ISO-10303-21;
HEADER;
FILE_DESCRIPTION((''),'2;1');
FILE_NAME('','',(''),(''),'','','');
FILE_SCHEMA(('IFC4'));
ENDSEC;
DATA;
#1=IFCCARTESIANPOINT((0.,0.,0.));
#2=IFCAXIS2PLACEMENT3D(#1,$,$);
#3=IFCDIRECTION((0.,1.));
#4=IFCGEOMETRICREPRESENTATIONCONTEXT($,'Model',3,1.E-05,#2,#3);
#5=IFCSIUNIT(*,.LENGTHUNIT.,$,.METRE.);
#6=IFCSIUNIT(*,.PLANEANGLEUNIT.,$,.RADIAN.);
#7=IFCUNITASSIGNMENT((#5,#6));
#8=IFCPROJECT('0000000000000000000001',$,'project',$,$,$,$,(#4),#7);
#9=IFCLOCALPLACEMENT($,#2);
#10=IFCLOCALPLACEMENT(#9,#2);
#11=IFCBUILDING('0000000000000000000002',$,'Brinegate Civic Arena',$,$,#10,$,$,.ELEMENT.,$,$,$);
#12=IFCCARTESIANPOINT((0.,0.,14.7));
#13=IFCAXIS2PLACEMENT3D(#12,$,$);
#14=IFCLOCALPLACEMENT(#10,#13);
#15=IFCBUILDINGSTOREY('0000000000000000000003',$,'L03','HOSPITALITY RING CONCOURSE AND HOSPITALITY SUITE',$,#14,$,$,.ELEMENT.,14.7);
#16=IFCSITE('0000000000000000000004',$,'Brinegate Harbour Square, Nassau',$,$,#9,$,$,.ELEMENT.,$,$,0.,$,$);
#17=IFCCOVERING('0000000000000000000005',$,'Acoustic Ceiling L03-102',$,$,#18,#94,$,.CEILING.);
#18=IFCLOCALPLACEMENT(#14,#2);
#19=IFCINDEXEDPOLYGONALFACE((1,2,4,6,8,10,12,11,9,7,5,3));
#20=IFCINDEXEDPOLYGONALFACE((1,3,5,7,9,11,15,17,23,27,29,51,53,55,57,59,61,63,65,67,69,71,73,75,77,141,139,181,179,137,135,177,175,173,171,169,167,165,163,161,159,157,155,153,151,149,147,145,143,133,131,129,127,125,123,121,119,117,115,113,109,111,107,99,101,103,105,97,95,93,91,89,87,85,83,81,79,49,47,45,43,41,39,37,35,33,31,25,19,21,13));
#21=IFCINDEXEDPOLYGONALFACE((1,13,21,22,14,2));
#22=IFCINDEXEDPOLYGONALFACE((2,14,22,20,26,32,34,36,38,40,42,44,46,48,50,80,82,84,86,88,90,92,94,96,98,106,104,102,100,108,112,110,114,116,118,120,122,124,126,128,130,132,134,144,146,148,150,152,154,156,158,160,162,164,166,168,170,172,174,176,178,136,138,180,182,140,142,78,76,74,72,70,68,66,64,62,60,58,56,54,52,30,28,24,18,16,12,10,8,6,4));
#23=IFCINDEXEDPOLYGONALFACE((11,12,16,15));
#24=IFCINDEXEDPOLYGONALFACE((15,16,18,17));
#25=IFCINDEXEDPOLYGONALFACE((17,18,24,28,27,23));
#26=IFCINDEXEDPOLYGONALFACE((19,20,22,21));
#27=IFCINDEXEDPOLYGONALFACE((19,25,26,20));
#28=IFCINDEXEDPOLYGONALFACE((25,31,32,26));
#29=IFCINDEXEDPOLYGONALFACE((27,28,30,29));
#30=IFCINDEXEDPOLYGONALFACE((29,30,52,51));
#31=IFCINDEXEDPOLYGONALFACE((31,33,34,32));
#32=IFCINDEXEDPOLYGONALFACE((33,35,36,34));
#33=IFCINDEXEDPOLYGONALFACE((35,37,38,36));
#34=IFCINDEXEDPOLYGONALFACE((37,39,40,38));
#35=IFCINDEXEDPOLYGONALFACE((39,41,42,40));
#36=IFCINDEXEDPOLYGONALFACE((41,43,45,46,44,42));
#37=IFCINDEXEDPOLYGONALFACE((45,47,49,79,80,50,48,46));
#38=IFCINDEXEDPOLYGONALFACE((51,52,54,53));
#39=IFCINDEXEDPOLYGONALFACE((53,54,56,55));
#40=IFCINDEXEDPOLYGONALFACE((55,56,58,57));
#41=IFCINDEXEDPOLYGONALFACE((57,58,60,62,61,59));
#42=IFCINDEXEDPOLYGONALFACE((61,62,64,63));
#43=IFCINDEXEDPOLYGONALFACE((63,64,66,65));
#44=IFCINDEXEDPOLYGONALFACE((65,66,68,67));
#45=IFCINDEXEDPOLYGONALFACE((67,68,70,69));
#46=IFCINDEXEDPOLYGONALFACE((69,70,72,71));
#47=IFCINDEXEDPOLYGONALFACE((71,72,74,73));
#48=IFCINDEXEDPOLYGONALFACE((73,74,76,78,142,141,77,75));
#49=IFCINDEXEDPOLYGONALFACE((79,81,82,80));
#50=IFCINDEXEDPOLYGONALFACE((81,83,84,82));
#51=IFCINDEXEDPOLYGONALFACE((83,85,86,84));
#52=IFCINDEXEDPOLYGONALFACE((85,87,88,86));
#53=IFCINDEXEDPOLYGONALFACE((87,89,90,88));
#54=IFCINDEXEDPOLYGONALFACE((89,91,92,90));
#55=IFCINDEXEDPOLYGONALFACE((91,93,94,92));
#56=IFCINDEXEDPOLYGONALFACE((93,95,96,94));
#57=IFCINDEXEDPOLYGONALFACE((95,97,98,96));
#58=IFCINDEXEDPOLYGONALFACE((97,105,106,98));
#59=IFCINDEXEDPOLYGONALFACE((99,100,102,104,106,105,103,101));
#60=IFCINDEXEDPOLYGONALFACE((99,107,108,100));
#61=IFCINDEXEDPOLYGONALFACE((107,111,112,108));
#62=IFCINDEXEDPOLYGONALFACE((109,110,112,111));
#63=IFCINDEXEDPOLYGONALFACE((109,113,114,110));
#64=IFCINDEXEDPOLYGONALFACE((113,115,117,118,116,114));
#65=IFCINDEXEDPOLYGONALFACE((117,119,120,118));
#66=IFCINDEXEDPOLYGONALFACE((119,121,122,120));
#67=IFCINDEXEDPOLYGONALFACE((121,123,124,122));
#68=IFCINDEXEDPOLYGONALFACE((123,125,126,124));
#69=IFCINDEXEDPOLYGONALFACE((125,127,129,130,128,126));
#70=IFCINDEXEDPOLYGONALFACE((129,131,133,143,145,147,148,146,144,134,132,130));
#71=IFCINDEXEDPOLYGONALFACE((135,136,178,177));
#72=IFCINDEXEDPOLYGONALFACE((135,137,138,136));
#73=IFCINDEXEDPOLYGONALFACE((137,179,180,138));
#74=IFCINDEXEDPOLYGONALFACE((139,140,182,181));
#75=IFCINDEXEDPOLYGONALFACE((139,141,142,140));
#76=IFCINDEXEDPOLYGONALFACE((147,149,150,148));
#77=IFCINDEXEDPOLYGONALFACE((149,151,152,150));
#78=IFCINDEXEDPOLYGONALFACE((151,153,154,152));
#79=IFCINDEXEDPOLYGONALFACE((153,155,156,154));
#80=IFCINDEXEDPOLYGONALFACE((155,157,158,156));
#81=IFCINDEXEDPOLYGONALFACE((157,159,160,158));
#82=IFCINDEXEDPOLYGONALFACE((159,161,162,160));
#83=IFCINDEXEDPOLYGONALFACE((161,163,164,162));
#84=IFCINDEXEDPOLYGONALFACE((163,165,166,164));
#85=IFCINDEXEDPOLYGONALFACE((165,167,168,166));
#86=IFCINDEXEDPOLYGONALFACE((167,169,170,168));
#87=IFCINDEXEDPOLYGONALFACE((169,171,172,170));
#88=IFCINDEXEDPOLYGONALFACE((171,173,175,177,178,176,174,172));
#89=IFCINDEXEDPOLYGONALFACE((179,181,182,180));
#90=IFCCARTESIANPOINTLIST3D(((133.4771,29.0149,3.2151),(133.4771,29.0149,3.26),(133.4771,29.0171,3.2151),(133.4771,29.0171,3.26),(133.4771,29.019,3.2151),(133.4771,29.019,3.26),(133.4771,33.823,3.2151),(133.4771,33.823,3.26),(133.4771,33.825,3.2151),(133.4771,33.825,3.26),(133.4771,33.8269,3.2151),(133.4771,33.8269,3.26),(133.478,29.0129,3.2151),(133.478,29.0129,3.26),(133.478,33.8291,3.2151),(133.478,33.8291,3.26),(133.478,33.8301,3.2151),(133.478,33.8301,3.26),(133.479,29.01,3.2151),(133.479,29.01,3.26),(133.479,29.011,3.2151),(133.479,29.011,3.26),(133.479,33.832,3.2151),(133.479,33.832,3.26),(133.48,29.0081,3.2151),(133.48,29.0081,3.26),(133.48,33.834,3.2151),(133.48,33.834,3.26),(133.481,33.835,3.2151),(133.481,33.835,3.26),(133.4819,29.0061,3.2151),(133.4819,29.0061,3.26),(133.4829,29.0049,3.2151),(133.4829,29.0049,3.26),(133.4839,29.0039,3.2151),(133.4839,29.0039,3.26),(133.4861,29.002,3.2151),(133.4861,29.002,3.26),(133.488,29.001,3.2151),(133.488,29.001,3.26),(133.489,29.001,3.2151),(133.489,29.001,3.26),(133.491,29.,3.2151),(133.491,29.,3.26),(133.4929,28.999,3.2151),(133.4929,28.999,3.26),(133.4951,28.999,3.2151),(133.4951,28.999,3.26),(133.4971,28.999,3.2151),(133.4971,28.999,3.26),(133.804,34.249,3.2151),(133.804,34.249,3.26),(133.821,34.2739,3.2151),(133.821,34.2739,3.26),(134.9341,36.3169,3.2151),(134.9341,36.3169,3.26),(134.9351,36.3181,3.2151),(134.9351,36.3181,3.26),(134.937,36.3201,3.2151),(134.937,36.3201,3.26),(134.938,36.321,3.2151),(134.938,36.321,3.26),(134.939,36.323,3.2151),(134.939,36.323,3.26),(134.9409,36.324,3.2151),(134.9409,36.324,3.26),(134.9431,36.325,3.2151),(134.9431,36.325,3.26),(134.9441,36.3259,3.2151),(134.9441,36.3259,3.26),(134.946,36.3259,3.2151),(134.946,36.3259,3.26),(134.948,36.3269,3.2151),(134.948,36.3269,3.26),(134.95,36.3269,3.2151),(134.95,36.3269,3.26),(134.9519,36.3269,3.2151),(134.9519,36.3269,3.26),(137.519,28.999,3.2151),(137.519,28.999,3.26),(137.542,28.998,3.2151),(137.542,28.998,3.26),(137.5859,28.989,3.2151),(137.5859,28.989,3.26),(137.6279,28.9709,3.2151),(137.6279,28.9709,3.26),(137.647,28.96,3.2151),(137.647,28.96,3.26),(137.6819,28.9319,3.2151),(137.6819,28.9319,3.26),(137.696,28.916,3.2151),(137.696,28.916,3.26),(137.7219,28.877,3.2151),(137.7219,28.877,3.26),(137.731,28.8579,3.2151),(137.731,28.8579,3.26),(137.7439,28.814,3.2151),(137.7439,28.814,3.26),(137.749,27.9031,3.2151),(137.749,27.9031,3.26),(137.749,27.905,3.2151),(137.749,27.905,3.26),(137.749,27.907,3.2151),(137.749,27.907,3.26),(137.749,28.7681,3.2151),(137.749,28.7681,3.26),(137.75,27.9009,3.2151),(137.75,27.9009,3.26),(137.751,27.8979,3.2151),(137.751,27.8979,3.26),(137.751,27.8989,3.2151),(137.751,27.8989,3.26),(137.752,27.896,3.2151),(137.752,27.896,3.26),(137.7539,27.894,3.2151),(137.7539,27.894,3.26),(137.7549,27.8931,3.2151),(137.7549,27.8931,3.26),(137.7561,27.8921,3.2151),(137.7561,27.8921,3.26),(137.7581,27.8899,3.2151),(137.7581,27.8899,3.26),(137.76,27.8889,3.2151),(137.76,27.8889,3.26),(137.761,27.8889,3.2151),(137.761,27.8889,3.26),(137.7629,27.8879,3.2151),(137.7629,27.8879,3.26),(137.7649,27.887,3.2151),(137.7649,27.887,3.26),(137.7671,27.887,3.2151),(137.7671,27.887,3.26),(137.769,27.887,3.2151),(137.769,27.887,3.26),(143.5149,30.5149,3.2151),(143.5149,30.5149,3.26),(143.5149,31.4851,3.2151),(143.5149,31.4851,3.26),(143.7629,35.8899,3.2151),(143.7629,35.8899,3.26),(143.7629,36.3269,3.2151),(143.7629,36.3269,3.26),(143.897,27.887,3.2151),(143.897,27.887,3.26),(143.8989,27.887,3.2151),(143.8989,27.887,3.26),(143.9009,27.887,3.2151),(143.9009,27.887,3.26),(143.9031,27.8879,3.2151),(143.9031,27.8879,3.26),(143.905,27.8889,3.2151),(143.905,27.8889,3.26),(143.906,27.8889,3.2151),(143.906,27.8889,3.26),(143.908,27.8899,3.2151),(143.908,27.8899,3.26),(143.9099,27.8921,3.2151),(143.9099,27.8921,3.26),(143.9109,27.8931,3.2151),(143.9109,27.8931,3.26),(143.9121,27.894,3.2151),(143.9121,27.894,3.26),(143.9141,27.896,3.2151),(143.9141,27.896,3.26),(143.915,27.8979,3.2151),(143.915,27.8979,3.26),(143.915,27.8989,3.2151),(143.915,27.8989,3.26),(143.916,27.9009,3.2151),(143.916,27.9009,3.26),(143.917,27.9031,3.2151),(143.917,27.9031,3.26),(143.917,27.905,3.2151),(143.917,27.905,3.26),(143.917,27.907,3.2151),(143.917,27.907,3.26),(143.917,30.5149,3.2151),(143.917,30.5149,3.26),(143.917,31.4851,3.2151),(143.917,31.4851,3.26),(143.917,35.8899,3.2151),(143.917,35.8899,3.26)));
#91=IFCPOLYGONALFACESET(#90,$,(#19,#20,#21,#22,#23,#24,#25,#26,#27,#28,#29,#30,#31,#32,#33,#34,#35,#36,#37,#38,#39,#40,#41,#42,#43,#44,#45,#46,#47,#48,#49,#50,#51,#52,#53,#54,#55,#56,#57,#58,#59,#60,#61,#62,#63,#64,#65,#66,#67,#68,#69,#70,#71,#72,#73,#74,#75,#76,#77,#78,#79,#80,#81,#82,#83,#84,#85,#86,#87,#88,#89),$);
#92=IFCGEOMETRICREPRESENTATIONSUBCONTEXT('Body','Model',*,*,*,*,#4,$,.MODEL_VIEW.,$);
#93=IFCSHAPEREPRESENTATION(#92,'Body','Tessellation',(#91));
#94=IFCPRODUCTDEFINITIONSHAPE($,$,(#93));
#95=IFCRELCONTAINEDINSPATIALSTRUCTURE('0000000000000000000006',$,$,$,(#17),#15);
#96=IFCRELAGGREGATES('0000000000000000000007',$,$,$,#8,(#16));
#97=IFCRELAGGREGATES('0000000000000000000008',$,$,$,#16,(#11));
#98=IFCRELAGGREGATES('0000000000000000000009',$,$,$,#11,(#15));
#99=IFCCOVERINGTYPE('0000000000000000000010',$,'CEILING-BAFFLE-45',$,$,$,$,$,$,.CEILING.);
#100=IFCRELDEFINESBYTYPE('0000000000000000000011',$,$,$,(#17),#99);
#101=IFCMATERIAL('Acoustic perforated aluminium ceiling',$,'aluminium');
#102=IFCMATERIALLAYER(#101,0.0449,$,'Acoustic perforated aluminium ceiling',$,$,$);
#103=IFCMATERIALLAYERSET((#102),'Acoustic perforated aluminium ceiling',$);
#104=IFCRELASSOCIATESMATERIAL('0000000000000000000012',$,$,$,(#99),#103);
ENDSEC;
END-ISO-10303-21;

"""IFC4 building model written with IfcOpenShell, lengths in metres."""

from ifc_helpers import new_model, si_unit, direction, frame, origin, place, context, subcontext, project, spatial, polyline, outline, extrude, material, layer, layer_set, type_object, element, save


model = new_model("IFC4")

# Units and contexts
model_context = context("Model", 3, precision=1e-05, world=origin(), true_north=direction((0.0, 1.0)))
body_context = subcontext(model_context, "Body", "Model", "MODEL_VIEW")
ifc_project = project(units=[si_unit("LENGTHUNIT", "METRE"), si_unit("PLANEANGLEUNIT", "RADIAN")], contexts=[model_context])

# Site, building, storey
site_placement = place(None, origin())
site = spatial("IfcSite", under=ifc_project, at=site_placement, Name="Brinegate Harbour Square, Nassau", CompositionType="ELEMENT", RefElevation=0.0)
building_placement = place(site_placement, origin())
building = spatial("IfcBuilding", under=site, at=building_placement, Name="Brinegate Civic Arena", CompositionType="ELEMENT")
storey_placement = place(building_placement, frame((0.0, 0.0, 14.7)))
storey = spatial("IfcBuildingStorey", under=building, at=storey_placement, Name="L03", Description="HOSPITALITY RING CONCOURSE AND HOSPITALITY SUITE", CompositionType="ELEMENT", Elevation=14.7)

# Covering
ifc_material_1 = material(Name="Acoustic perforated aluminium ceiling", Category="aluminium")
ifc_layer_1 = layer(ifc_material_1, 0.0449, Name="Acoustic perforated aluminium ceiling")
ifc_layer_set_1 = layer_set([ifc_layer_1], Name="Acoustic perforated aluminium ceiling")
covering_type_1 = type_object("IfcCoveringType", Name="CEILING-BAFFLE-45", PredefinedType="CEILING", material=ifc_layer_set_1)
covering_1_placement = place(storey_placement, frame((0.0, 0.0, 3.2151)))
element("IfcCovering", 1, at=covering_1_placement, inside=storey, type_object=covering_type_1, Name="Acoustic Ceiling L03-102", PredefinedType="CEILING", context=body_context, shape_type="SweptSolid", body=[
    extrude(outline(polyline([(143.917, 27.9031), (143.916, 27.9009), (143.915, 27.8989), (143.915, 27.8979), (143.9141, 27.896), (143.9121, 27.894), (143.9109, 27.8931), (143.9099, 27.8921), (143.908, 27.8899), (143.906, 27.8889), (143.905, 27.8889), (143.9031, 27.8879), (143.9009, 27.887), (143.8989, 27.887), (143.897, 27.887), (137.769, 27.887), (137.7671, 27.887), (137.7649, 27.887), (137.7629, 27.8879), (137.761, 27.8889), (137.76, 27.8889), (137.7581, 27.8899), (137.7561, 27.8921), (137.7549, 27.8931), (137.7539, 27.894), (137.752, 27.896), (137.751, 27.8979), (137.751, 27.8989), (137.75, 27.9009), (137.749, 27.9031), (137.749, 27.905), (137.749, 27.907), (137.749, 28.7681), (137.7439, 28.814), (137.731, 28.8579), (137.7219, 28.877), (137.696, 28.916), (137.6819, 28.9319), (137.647, 28.96), (137.6279, 28.9709), (137.5859, 28.989), (137.542, 28.998), (137.519, 28.999), (133.4971, 28.999), (133.4951, 28.999), (133.4929, 28.999), (133.491, 29.0), (133.489, 29.001), (133.488, 29.001), (133.4861, 29.002), (133.4839, 29.0039), (133.4829, 29.0049), (133.4819, 29.0061), (133.48, 29.0081), (133.479, 29.01), (133.479, 29.011), (133.478, 29.0129), (133.4771, 29.0149), (133.4771, 29.0171), (133.4771, 29.019), (133.4771, 33.823), (133.4771, 33.825), (133.4771, 33.8269), (133.478, 33.8291), (133.478, 33.8301), (133.479, 33.832), (133.48, 33.834), (133.481, 33.835), (133.804, 34.249), (133.821, 34.2739), (134.9341, 36.3169), (134.9351, 36.3181), (134.937, 36.3201), (134.938, 36.321), (134.939, 36.323), (134.9409, 36.324), (134.9431, 36.325), (134.9441, 36.3259), (134.946, 36.3259), (134.948, 36.3269), (134.95, 36.3269), (134.9519, 36.3269), (143.7629, 36.3269), (143.7629, 35.8899), (143.917, 35.8899), (143.917, 31.4851), (143.5149, 31.4851), (143.5149, 30.5149), (143.917, 30.5149), (143.917, 27.907), (143.917, 27.905), (143.917, 27.9031)])), origin(), (0.0, 0.0, 1.0), 0.0449),
])

save(model, "model.ifc")
